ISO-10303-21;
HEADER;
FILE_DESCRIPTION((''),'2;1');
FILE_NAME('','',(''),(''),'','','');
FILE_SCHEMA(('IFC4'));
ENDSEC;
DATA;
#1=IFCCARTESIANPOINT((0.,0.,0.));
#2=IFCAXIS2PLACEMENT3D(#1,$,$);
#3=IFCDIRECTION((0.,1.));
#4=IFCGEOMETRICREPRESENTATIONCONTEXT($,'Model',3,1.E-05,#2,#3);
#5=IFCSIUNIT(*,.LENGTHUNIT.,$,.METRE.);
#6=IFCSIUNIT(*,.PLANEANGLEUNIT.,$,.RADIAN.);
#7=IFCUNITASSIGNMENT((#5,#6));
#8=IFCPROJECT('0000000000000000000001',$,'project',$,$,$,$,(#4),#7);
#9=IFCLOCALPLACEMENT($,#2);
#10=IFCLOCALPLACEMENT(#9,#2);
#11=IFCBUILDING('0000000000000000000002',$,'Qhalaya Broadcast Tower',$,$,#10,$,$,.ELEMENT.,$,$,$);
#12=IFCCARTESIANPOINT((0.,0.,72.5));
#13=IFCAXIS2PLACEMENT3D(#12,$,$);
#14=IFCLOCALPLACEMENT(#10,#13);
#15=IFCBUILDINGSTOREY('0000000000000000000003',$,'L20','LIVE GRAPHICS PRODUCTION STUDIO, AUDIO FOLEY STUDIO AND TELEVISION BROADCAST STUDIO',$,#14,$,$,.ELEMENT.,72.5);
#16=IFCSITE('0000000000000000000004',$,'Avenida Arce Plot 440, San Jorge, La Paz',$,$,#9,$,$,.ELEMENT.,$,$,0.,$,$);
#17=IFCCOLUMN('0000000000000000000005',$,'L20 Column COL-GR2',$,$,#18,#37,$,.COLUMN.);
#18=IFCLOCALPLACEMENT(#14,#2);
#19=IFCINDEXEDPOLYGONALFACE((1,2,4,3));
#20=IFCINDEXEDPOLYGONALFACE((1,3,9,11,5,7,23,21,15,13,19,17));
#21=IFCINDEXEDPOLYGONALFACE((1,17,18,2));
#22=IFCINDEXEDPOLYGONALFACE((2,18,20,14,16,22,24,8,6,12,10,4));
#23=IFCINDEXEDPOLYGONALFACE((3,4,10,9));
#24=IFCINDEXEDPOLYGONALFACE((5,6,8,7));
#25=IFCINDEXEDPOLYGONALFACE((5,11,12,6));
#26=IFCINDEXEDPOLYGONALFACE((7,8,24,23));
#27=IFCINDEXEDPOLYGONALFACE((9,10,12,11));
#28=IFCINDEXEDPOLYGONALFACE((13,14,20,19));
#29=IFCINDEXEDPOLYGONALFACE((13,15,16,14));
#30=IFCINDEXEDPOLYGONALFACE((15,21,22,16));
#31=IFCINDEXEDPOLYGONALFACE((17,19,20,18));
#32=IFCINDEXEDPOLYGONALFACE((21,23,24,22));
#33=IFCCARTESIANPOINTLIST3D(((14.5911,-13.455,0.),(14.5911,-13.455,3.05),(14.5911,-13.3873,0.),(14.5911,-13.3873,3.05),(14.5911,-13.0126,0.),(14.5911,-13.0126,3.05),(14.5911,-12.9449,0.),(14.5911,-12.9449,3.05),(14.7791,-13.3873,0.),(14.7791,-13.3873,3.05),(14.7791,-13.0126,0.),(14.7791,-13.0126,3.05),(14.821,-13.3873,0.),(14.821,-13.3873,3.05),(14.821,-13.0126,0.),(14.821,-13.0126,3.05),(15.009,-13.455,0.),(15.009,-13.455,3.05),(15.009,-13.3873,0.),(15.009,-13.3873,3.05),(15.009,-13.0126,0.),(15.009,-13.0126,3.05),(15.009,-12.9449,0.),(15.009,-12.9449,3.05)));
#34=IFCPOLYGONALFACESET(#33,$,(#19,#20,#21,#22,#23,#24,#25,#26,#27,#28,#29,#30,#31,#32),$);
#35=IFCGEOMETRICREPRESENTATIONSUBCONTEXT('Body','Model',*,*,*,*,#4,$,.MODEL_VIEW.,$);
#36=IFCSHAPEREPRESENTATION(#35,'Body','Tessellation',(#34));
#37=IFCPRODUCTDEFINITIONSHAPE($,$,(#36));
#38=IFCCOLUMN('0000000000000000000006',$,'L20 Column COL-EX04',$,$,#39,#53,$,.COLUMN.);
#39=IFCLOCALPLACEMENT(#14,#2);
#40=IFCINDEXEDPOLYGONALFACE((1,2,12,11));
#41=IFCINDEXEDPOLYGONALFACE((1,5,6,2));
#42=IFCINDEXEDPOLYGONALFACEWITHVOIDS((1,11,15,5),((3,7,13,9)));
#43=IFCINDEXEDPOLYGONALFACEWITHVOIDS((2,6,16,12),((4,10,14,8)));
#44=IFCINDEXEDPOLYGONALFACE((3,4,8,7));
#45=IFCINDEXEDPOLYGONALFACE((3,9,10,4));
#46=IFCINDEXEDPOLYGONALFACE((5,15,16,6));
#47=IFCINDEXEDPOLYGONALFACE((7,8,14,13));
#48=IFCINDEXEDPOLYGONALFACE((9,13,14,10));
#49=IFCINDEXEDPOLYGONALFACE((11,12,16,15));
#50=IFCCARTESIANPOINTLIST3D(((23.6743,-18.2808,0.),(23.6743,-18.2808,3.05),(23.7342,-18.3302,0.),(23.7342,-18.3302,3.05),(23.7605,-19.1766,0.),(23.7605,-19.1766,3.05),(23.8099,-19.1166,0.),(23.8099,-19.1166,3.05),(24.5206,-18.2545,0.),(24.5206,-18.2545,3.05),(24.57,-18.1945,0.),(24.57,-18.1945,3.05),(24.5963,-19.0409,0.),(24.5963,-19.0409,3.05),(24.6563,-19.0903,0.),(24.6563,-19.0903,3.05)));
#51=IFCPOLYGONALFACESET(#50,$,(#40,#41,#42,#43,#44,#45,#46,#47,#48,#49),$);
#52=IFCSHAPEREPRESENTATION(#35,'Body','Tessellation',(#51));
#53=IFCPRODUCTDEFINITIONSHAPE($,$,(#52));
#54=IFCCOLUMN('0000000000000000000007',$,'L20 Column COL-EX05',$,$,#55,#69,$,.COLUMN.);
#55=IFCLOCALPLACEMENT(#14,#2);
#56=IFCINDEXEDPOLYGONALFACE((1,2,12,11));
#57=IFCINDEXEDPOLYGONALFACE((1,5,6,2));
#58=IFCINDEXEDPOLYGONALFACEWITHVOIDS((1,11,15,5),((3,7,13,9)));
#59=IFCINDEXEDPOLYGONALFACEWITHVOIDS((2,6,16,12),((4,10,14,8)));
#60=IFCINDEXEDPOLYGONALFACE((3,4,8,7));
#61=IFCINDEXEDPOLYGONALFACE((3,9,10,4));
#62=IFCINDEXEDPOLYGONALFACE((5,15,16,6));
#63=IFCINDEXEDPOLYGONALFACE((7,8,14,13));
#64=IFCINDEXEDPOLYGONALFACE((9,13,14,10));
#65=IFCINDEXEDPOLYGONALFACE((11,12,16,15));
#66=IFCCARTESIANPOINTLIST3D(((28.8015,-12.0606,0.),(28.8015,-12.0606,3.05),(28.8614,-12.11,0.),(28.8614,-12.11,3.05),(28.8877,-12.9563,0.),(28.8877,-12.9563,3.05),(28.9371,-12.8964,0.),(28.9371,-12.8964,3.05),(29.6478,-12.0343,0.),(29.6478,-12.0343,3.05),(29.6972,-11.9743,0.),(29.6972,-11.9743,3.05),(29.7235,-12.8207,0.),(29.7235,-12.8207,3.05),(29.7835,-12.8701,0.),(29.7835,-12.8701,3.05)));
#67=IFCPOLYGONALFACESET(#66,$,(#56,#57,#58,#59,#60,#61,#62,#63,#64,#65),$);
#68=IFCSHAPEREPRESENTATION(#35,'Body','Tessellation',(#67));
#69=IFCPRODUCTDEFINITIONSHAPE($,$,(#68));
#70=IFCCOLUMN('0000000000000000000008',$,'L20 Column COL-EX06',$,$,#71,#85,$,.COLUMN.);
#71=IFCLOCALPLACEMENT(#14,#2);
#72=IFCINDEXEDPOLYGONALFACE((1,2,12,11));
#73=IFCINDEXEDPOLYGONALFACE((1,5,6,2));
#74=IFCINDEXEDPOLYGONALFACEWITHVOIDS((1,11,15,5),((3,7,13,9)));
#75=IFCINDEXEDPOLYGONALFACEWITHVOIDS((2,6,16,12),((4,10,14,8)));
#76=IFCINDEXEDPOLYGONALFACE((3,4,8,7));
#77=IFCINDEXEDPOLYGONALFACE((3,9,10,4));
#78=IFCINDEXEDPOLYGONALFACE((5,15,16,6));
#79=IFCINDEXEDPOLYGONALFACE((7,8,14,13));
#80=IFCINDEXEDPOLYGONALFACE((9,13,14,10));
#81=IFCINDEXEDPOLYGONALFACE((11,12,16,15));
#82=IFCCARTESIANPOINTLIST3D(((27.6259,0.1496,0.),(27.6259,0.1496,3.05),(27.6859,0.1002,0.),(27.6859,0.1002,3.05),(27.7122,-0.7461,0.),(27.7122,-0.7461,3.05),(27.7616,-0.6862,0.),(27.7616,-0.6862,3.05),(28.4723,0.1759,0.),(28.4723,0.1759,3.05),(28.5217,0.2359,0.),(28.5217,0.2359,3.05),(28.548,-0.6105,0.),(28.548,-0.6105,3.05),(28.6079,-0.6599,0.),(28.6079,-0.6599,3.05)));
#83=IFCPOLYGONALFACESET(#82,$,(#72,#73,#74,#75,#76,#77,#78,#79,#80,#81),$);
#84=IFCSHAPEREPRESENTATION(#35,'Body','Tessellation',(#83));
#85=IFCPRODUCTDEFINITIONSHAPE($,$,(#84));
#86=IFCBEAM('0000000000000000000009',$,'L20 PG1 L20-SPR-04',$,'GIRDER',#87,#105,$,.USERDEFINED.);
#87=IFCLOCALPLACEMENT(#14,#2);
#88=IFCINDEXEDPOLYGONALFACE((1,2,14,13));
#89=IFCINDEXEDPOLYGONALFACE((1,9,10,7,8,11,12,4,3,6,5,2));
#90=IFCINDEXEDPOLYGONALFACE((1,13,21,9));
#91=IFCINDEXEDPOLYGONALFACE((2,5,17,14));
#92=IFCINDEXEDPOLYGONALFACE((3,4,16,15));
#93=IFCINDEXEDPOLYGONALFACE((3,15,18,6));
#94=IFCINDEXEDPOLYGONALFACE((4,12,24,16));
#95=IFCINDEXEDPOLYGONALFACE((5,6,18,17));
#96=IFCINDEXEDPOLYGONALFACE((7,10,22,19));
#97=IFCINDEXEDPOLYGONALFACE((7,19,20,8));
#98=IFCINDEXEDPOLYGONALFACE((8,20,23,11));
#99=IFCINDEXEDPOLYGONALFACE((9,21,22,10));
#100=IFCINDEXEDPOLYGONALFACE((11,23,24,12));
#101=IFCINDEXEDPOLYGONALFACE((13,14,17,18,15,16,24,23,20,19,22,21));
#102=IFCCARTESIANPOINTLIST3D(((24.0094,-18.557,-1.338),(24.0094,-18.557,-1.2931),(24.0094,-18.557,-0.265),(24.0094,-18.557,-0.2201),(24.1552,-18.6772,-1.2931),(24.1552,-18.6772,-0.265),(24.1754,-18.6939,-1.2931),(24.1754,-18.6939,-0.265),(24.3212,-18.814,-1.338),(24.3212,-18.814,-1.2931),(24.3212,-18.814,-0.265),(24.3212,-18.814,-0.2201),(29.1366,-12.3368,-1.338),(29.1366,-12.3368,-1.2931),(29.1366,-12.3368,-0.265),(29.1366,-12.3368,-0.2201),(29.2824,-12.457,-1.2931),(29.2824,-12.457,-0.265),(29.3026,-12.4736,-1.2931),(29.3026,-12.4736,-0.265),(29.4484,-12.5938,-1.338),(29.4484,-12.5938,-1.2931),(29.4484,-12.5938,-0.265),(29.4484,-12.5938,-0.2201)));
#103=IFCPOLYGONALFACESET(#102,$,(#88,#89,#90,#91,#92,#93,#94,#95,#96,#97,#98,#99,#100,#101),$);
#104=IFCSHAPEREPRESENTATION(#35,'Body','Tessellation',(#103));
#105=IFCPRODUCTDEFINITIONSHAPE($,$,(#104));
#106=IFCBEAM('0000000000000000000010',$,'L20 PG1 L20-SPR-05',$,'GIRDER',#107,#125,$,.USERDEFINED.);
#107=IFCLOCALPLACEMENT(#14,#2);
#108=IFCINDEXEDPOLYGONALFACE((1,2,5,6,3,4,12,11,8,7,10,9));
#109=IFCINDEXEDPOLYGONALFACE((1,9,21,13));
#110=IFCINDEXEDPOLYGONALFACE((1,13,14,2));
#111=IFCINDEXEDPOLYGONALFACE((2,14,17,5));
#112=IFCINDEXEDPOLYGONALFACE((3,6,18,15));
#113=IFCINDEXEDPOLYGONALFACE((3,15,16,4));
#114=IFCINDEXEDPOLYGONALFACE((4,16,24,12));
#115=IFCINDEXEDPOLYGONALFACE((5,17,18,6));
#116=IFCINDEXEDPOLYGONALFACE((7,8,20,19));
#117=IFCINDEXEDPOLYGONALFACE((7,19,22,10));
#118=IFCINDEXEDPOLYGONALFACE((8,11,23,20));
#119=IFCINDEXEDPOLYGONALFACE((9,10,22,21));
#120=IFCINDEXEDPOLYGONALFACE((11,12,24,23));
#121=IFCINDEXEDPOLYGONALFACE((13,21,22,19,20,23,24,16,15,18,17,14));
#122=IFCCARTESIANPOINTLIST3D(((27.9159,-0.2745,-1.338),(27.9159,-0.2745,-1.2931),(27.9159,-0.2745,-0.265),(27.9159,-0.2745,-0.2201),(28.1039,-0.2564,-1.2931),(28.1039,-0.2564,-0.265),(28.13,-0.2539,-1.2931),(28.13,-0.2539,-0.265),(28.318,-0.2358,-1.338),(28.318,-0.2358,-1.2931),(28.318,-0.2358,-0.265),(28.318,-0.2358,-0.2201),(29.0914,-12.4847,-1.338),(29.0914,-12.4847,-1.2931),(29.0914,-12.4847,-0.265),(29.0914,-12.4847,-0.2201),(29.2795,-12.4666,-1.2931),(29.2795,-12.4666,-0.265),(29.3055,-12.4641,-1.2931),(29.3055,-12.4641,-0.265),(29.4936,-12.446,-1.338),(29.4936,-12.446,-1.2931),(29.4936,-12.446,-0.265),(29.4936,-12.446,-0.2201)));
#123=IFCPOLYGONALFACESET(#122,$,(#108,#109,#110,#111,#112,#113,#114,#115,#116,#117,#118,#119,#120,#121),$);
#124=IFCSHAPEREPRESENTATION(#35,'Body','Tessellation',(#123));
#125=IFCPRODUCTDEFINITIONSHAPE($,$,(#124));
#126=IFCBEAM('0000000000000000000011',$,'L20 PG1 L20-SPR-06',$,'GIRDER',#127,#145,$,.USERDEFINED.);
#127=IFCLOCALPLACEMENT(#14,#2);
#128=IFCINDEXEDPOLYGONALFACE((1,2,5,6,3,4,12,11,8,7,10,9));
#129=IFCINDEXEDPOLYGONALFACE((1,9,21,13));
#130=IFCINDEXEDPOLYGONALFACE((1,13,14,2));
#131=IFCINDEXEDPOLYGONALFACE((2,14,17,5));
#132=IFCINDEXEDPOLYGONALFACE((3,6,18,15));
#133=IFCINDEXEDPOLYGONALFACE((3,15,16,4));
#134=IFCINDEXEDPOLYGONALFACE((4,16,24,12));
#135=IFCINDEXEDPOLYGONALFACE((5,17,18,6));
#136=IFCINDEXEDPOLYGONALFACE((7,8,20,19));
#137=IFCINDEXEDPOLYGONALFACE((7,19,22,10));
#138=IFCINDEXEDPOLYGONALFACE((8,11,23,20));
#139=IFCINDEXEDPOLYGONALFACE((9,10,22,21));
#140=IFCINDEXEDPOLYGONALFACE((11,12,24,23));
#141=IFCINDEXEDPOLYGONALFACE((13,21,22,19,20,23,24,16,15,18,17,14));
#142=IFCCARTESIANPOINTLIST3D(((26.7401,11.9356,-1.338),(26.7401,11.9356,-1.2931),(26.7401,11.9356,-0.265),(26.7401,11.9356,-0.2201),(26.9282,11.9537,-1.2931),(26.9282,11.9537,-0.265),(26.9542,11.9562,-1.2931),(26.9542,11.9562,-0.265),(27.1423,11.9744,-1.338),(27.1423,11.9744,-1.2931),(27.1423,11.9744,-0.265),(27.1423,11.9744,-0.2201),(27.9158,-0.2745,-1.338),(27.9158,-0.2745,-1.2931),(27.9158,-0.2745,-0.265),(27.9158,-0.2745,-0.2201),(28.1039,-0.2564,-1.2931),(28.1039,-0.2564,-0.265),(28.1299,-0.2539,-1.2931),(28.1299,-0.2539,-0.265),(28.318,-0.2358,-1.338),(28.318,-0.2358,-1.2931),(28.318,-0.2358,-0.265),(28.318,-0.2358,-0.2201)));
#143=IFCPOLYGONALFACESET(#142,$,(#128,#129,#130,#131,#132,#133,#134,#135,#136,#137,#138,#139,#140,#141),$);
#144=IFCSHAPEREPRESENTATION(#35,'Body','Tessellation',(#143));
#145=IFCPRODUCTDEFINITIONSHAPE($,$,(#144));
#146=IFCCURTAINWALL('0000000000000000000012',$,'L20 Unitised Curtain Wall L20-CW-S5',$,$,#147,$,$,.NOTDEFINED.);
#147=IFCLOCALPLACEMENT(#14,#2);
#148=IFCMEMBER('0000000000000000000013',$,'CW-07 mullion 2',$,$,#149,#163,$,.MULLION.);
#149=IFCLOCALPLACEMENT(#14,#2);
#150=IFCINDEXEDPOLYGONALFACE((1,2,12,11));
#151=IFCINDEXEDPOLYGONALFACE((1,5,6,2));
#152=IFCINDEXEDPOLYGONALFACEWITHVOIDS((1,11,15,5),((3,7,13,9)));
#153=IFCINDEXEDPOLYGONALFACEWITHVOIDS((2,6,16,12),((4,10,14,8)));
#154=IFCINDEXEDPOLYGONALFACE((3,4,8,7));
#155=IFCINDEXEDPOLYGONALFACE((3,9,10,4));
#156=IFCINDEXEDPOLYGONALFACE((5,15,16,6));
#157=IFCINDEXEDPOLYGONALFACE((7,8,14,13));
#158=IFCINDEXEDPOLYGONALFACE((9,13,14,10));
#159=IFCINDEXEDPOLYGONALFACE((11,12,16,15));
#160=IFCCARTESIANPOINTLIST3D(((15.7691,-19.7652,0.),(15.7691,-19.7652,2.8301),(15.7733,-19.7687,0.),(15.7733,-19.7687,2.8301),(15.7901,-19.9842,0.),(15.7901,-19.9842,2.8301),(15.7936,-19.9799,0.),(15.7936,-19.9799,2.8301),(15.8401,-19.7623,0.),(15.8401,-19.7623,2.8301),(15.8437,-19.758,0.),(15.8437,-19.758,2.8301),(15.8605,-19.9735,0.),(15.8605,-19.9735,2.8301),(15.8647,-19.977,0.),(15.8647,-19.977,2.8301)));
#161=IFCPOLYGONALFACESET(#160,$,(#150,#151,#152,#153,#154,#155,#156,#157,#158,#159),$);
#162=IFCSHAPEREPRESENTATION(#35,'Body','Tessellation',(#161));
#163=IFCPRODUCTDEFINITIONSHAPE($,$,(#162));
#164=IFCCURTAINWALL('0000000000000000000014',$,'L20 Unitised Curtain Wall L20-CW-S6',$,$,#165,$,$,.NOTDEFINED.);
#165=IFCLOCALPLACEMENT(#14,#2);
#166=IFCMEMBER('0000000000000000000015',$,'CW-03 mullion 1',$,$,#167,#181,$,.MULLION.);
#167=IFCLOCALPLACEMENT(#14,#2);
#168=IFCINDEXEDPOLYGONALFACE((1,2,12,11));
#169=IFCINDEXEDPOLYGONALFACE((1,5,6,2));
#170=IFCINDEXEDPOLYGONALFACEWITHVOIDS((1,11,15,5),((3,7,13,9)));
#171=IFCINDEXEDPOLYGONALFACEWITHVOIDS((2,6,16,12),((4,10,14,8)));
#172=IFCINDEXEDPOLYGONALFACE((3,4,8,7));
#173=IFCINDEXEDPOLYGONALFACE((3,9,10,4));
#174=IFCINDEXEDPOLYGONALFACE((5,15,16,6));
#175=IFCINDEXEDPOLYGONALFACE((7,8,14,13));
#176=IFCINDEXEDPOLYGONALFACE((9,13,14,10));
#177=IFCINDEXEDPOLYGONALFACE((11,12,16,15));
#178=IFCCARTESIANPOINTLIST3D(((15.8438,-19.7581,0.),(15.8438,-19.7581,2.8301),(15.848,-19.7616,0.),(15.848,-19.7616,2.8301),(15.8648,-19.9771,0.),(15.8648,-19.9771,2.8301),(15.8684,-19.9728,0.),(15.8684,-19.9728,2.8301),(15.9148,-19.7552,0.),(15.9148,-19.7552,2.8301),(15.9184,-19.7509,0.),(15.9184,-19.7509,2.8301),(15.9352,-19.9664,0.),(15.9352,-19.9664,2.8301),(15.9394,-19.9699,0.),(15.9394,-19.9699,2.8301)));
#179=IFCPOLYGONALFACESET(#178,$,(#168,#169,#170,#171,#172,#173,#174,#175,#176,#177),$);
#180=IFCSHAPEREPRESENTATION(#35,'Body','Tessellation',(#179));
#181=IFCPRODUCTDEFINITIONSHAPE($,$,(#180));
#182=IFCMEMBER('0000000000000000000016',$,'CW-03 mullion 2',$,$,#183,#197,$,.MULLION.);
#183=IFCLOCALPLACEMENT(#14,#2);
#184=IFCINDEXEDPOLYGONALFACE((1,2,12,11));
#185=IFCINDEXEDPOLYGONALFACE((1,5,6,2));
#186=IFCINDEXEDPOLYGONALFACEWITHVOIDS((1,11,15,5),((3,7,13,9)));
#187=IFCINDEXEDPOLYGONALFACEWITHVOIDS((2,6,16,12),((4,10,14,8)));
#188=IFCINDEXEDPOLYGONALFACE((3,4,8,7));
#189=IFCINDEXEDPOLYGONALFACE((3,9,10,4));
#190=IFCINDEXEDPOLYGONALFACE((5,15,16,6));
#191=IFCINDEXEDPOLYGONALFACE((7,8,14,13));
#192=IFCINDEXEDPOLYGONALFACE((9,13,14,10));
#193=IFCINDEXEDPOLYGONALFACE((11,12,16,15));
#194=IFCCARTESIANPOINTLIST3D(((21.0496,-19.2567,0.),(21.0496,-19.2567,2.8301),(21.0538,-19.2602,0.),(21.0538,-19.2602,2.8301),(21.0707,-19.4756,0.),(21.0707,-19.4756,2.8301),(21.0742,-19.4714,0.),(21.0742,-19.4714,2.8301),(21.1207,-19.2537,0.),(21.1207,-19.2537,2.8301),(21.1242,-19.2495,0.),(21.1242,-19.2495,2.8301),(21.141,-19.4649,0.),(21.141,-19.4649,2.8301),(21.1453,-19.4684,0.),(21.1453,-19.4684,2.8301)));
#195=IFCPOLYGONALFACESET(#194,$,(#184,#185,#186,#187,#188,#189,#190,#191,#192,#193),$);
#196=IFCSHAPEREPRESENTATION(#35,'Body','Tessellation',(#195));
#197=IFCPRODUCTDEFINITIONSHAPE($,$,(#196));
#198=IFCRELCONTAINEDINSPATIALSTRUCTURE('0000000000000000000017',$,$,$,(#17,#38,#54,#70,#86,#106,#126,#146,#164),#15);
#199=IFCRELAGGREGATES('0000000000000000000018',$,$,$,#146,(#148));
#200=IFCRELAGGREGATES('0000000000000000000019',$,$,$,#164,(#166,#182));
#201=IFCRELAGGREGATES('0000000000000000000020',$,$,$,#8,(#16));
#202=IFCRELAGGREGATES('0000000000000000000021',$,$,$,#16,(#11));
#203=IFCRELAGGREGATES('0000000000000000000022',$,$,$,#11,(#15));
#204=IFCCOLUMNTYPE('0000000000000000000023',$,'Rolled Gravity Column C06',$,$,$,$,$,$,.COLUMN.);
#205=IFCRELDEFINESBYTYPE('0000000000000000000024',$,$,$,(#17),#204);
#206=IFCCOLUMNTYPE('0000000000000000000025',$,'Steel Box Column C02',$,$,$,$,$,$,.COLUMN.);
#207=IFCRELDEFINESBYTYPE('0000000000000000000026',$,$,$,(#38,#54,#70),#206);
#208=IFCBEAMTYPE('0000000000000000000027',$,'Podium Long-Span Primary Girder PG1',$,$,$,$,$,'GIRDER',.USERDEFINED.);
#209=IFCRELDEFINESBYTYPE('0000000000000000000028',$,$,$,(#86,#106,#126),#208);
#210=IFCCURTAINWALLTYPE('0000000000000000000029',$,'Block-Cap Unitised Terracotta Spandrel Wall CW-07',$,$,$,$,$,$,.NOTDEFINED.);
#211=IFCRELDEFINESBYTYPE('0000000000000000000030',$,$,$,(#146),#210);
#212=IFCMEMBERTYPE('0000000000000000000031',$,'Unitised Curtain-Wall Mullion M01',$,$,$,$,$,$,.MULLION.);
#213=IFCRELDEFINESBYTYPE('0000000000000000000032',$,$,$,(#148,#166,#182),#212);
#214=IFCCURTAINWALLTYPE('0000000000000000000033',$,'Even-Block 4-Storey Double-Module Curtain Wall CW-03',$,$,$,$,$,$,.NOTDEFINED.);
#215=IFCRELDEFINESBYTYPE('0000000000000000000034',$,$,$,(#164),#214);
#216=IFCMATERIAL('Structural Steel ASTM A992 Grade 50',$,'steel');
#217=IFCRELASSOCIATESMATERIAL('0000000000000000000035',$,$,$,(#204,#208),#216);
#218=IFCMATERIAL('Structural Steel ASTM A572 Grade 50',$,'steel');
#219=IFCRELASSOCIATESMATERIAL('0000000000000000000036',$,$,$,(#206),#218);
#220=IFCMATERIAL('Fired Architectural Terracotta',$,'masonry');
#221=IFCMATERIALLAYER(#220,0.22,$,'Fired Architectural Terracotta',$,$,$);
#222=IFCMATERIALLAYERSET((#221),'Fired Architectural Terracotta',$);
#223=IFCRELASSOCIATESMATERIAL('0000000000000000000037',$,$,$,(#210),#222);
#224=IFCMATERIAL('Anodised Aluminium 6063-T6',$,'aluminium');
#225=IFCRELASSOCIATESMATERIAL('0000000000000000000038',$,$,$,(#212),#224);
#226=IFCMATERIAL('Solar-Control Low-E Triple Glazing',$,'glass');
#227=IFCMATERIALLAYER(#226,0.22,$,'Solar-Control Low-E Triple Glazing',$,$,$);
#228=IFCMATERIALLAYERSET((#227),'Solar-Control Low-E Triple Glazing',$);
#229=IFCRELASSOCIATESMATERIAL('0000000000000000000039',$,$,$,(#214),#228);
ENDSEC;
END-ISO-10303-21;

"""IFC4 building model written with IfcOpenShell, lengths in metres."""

from ifc_helpers import new_model, si_unit, direction, frame, origin, origin_2d, place, context, subcontext, project, spatial, hollow_rectangle, i_section, extrude, material, layer, layer_set, material_profile, profile_set, type_object, element, aggregate, save


model = new_model("IFC4")

# Units and contexts
model_context = context("Model", 3, precision=1e-05, world=origin(), true_north=direction((0.0, 1.0)))
body_context = subcontext(model_context, "Body", "Model", "MODEL_VIEW")
ifc_project = project(units=[si_unit("LENGTHUNIT", "METRE"), si_unit("PLANEANGLEUNIT", "RADIAN")], contexts=[model_context])

# Site, building, storey
site_placement = place(None, origin())
site = spatial("IfcSite", under=ifc_project, at=site_placement, Name="Avenida Arce Plot 440, San Jorge, La Paz", CompositionType="ELEMENT", RefElevation=0.0)
building_placement = place(site_placement, origin())
building = spatial("IfcBuilding", under=site, at=building_placement, Name="Qhalaya Broadcast Tower", CompositionType="ELEMENT")
storey_placement = place(building_placement, frame((0.0, 0.0, 72.5)))
storey = spatial("IfcBuildingStorey", under=building, at=storey_placement, Name="L20", Description="LIVE GRAPHICS PRODUCTION STUDIO, AUDIO FOLEY STUDIO AND TELEVISION BROADCAST STUDIO", CompositionType="ELEMENT", Elevation=72.5)

# Columns
ifc_material_1 = material(Name="Structural Steel ASTM A992 Grade 50", Category="steel")
ifc_material_profile_1 = material_profile(ifc_material_1, i_section(OverallWidth=0.418, OverallDepth=0.51, WebThickness=0.042, FlangeThickness=0.0676, at=origin_2d()), Name="W14X370")
ifc_profile_set_1 = profile_set([ifc_material_profile_1], Name="Structural Steel ASTM A992 Grade 50")
column_type_1 = type_object("IfcColumnType", Name="Rolled Gravity Column C06", PredefinedType="COLUMN", material=ifc_profile_set_1)
column_placement = place(storey_placement, frame((14.8, -13.2, 0.0), z_axis=(0.0, 0.0, 1.0), x_axis=(1.0, 0.0, 0.0)))
element("IfcColumn", 1, at=column_placement, inside=storey, type_object=column_type_1, Name="L20 Column COL-GR2", PredefinedType="COLUMN", context=body_context, shape_type="SweptSolid", body=[
    extrude(i_section(OverallWidth=0.418, OverallDepth=0.51, WebThickness=0.042, FlangeThickness=0.0676, at=origin_2d()), origin(), (0.0, 0.0, 1.0), 3.05),
])
ifc_material_2 = material(Name="Structural Steel ASTM A572 Grade 50", Category="steel")
ifc_material_profile_2 = material_profile(ifc_material_2, hollow_rectangle(XDim=0.8999, YDim=0.8999, WallThickness=0.0549, at=origin_2d()), Name="BOX 900x900x55")
ifc_profile_set_2 = profile_set([ifc_material_profile_2], Name="Structural Steel ASTM A572 Grade 50")
column_type_2 = type_object("IfcColumnType", Name="Steel Box Column C02", PredefinedType="COLUMN", material=ifc_profile_set_2)
for number, where, z_axis, x_axis, name in (
    (2, (24.1653, -18.6855, 0.0), (0.0, 0.0, 1.0), (0.995396, 0.095846, 0.0), "L20 Column COL-EX04"),
    (3, (29.2925, -12.4653, 0.0), (0.0, 0.0, 1.0), (-0.095846, 0.995396, 0.0), "L20 Column COL-EX05"),
    (4, (28.1169, -0.2551, 0.0), (0.0, 0.0, 1.0), (-0.095846, 0.995396, 0.0), "L20 Column COL-EX06"),
):
    element("IfcColumn", number, at=place(storey_placement, frame(where, z_axis=z_axis, x_axis=x_axis)), inside=storey, type_object=column_type_2, Name=name, PredefinedType="COLUMN", context=body_context, shape_type="SweptSolid", body=[
        extrude(hollow_rectangle(XDim=0.8999, YDim=0.8999, WallThickness=0.0549, at=origin_2d()), origin(), (0.0, 0.0, 1.0), 3.05),
    ])

# Beams
ifc_material_profile_3 = material_profile(ifc_material_1, i_section(OverallWidth=0.4041, OverallDepth=1.1179, WebThickness=0.0261, FlangeThickness=0.0449, at=origin_2d()), Name="W44X335")
ifc_profile_set_3 = profile_set([ifc_material_profile_3], Name="Structural Steel ASTM A992 Grade 50")
beam_type = type_object("IfcBeamType", Name="Podium Long-Span Primary Girder PG1", ElementType="GIRDER", PredefinedType="USERDEFINED", material=ifc_profile_set_3)
beam_placement = place(storey_placement, frame((24.1653, -18.6855, -0.7791), z_axis=(0.636052, 0.771646, 0.0), x_axis=(-0.771646, 0.636052, 0.0)))
element("IfcBeam", 5, at=beam_placement, inside=storey, type_object=beam_type, Name="L20 PG1 L20-SPR-04", ObjectType="GIRDER", PredefinedType="USERDEFINED", context=body_context, shape_type="SweptSolid", body=[
    extrude(i_section(OverallWidth=0.4041, OverallDepth=1.1179, WebThickness=0.0261, FlangeThickness=0.0449, at=origin_2d()), origin(), (0.0, 0.0, 1.0), 8.061),
])
for number, where, z_axis, x_axis, name in (
    (6, (29.2925, -12.4653, -0.7791), (-0.095832, 0.995398, 0.0), (-0.995398, -0.095832, 0.0), "L20 PG1 L20-SPR-05"),
    (7, (28.1169, -0.2551, -0.7791), (-0.095852, 0.995396, 0.0), (-0.995396, -0.095852, 0.0), "L20 PG1 L20-SPR-06"),
):
    element("IfcBeam", number, at=place(storey_placement, frame(where, z_axis=z_axis, x_axis=x_axis)), inside=storey, type_object=beam_type, Name=name, ObjectType="GIRDER", PredefinedType="USERDEFINED", context=body_context, shape_type="SweptSolid", body=[
        extrude(i_section(OverallWidth=0.4041, OverallDepth=1.1179, WebThickness=0.0261, FlangeThickness=0.0449, at=origin_2d()), origin(), (0.0, 0.0, 1.0), 12.2666),
    ])

# Curtain wall, member
ifc_material_3 = material(Name="Fired Architectural Terracotta", Category="masonry")
ifc_layer_1 = layer(ifc_material_3, 0.22, Name="Fired Architectural Terracotta")
ifc_layer_set_1 = layer_set([ifc_layer_1], Name="Fired Architectural Terracotta")
curtain_wall_type_1 = type_object("IfcCurtainWallType", Name="Block-Cap Unitised Terracotta Spandrel Wall CW-07", PredefinedType="NOTDEFINED", material=ifc_layer_set_1)
curtain_wall_1_placement = place(storey_placement, origin())
curtain_wall_1 = element("IfcCurtainWall", 8, at=curtain_wall_1_placement, inside=storey, type_object=curtain_wall_type_1, Name="L20 Unitised Curtain Wall L20-CW-S5", PredefinedType="NOTDEFINED")
ifc_material_4 = material(Name="Anodised Aluminium 6063-T6", Category="aluminium")
ifc_material_profile_4 = material_profile(ifc_material_4, hollow_rectangle(XDim=0.075, YDim=0.22, WallThickness=0.0039, at=origin_2d()), Name="ALU-MUL 75x220x4")
ifc_profile_set_4 = profile_set([ifc_material_profile_4], Name="Anodised Aluminium 6063-T6")
member_type_1 = type_object("IfcMemberType", Name="Unitised Curtain-Wall Mullion M01", PredefinedType="MULLION", material=ifc_profile_set_4)
member_1_placement = place(storey_placement, frame((15.8169, -19.8711, 0.0), z_axis=(0.0, 0.0, 1.0), x_axis=(0.995396, 0.095843, 0.0)))
member_1 = element("IfcMember", 9, at=member_1_placement, type_object=member_type_1, Name="CW-07 mullion 2", PredefinedType="MULLION", context=body_context, shape_type="SweptSolid", body=[
    extrude(hollow_rectangle(XDim=0.075, YDim=0.22, WallThickness=0.0039, at=origin_2d()), origin(), (0.0, 0.0, 1.0), 2.8301),
])
aggregate(curtain_wall_1, [member_1])

# Curtain wall, members
ifc_material_5 = material(Name="Solar-Control Low-E Triple Glazing", Category="glass")
ifc_layer_2 = layer(ifc_material_5, 0.22, Name="Solar-Control Low-E Triple Glazing")
ifc_layer_set_2 = layer_set([ifc_layer_2], Name="Solar-Control Low-E Triple Glazing")
curtain_wall_type_2 = type_object("IfcCurtainWallType", Name="Even-Block 4-Storey Double-Module Curtain Wall CW-03", PredefinedType="NOTDEFINED", material=ifc_layer_set_2)
curtain_wall_2_placement = place(storey_placement, origin())
curtain_wall_2 = element("IfcCurtainWall", 10, at=curtain_wall_2_placement, inside=storey, type_object=curtain_wall_type_2, Name="L20 Unitised Curtain Wall L20-CW-S6", PredefinedType="NOTDEFINED")
member_2_placement = place(storey_placement, frame((15.8916, -19.864, 0.0), z_axis=(0.0, 0.0, 1.0), x_axis=(0.995396, 0.095852, 0.0)))
member_2 = element("IfcMember", 11, at=member_2_placement, type_object=member_type_1, Name="CW-03 mullion 1", PredefinedType="MULLION", context=body_context, shape_type="SweptSolid", body=[
    extrude(hollow_rectangle(XDim=0.075, YDim=0.22, WallThickness=0.0039, at=origin_2d()), origin(), (0.0, 0.0, 1.0), 2.8301),
])
member_3_placement = place(storey_placement, frame((21.0974, -19.3625, 0.0), z_axis=(0.0, 0.0, 1.0), x_axis=(0.995396, 0.095852, 0.0)))
member_3 = element("IfcMember", 12, at=member_3_placement, type_object=member_type_1, Name="CW-03 mullion 2", PredefinedType="MULLION", context=body_context, shape_type="SweptSolid", body=[
    extrude(hollow_rectangle(XDim=0.075, YDim=0.22, WallThickness=0.0039, at=origin_2d()), origin(), (0.0, 0.0, 1.0), 2.8301),
])

aggregate(curtain_wall_2, [member_2, member_3])

save(model, "model.ifc")
